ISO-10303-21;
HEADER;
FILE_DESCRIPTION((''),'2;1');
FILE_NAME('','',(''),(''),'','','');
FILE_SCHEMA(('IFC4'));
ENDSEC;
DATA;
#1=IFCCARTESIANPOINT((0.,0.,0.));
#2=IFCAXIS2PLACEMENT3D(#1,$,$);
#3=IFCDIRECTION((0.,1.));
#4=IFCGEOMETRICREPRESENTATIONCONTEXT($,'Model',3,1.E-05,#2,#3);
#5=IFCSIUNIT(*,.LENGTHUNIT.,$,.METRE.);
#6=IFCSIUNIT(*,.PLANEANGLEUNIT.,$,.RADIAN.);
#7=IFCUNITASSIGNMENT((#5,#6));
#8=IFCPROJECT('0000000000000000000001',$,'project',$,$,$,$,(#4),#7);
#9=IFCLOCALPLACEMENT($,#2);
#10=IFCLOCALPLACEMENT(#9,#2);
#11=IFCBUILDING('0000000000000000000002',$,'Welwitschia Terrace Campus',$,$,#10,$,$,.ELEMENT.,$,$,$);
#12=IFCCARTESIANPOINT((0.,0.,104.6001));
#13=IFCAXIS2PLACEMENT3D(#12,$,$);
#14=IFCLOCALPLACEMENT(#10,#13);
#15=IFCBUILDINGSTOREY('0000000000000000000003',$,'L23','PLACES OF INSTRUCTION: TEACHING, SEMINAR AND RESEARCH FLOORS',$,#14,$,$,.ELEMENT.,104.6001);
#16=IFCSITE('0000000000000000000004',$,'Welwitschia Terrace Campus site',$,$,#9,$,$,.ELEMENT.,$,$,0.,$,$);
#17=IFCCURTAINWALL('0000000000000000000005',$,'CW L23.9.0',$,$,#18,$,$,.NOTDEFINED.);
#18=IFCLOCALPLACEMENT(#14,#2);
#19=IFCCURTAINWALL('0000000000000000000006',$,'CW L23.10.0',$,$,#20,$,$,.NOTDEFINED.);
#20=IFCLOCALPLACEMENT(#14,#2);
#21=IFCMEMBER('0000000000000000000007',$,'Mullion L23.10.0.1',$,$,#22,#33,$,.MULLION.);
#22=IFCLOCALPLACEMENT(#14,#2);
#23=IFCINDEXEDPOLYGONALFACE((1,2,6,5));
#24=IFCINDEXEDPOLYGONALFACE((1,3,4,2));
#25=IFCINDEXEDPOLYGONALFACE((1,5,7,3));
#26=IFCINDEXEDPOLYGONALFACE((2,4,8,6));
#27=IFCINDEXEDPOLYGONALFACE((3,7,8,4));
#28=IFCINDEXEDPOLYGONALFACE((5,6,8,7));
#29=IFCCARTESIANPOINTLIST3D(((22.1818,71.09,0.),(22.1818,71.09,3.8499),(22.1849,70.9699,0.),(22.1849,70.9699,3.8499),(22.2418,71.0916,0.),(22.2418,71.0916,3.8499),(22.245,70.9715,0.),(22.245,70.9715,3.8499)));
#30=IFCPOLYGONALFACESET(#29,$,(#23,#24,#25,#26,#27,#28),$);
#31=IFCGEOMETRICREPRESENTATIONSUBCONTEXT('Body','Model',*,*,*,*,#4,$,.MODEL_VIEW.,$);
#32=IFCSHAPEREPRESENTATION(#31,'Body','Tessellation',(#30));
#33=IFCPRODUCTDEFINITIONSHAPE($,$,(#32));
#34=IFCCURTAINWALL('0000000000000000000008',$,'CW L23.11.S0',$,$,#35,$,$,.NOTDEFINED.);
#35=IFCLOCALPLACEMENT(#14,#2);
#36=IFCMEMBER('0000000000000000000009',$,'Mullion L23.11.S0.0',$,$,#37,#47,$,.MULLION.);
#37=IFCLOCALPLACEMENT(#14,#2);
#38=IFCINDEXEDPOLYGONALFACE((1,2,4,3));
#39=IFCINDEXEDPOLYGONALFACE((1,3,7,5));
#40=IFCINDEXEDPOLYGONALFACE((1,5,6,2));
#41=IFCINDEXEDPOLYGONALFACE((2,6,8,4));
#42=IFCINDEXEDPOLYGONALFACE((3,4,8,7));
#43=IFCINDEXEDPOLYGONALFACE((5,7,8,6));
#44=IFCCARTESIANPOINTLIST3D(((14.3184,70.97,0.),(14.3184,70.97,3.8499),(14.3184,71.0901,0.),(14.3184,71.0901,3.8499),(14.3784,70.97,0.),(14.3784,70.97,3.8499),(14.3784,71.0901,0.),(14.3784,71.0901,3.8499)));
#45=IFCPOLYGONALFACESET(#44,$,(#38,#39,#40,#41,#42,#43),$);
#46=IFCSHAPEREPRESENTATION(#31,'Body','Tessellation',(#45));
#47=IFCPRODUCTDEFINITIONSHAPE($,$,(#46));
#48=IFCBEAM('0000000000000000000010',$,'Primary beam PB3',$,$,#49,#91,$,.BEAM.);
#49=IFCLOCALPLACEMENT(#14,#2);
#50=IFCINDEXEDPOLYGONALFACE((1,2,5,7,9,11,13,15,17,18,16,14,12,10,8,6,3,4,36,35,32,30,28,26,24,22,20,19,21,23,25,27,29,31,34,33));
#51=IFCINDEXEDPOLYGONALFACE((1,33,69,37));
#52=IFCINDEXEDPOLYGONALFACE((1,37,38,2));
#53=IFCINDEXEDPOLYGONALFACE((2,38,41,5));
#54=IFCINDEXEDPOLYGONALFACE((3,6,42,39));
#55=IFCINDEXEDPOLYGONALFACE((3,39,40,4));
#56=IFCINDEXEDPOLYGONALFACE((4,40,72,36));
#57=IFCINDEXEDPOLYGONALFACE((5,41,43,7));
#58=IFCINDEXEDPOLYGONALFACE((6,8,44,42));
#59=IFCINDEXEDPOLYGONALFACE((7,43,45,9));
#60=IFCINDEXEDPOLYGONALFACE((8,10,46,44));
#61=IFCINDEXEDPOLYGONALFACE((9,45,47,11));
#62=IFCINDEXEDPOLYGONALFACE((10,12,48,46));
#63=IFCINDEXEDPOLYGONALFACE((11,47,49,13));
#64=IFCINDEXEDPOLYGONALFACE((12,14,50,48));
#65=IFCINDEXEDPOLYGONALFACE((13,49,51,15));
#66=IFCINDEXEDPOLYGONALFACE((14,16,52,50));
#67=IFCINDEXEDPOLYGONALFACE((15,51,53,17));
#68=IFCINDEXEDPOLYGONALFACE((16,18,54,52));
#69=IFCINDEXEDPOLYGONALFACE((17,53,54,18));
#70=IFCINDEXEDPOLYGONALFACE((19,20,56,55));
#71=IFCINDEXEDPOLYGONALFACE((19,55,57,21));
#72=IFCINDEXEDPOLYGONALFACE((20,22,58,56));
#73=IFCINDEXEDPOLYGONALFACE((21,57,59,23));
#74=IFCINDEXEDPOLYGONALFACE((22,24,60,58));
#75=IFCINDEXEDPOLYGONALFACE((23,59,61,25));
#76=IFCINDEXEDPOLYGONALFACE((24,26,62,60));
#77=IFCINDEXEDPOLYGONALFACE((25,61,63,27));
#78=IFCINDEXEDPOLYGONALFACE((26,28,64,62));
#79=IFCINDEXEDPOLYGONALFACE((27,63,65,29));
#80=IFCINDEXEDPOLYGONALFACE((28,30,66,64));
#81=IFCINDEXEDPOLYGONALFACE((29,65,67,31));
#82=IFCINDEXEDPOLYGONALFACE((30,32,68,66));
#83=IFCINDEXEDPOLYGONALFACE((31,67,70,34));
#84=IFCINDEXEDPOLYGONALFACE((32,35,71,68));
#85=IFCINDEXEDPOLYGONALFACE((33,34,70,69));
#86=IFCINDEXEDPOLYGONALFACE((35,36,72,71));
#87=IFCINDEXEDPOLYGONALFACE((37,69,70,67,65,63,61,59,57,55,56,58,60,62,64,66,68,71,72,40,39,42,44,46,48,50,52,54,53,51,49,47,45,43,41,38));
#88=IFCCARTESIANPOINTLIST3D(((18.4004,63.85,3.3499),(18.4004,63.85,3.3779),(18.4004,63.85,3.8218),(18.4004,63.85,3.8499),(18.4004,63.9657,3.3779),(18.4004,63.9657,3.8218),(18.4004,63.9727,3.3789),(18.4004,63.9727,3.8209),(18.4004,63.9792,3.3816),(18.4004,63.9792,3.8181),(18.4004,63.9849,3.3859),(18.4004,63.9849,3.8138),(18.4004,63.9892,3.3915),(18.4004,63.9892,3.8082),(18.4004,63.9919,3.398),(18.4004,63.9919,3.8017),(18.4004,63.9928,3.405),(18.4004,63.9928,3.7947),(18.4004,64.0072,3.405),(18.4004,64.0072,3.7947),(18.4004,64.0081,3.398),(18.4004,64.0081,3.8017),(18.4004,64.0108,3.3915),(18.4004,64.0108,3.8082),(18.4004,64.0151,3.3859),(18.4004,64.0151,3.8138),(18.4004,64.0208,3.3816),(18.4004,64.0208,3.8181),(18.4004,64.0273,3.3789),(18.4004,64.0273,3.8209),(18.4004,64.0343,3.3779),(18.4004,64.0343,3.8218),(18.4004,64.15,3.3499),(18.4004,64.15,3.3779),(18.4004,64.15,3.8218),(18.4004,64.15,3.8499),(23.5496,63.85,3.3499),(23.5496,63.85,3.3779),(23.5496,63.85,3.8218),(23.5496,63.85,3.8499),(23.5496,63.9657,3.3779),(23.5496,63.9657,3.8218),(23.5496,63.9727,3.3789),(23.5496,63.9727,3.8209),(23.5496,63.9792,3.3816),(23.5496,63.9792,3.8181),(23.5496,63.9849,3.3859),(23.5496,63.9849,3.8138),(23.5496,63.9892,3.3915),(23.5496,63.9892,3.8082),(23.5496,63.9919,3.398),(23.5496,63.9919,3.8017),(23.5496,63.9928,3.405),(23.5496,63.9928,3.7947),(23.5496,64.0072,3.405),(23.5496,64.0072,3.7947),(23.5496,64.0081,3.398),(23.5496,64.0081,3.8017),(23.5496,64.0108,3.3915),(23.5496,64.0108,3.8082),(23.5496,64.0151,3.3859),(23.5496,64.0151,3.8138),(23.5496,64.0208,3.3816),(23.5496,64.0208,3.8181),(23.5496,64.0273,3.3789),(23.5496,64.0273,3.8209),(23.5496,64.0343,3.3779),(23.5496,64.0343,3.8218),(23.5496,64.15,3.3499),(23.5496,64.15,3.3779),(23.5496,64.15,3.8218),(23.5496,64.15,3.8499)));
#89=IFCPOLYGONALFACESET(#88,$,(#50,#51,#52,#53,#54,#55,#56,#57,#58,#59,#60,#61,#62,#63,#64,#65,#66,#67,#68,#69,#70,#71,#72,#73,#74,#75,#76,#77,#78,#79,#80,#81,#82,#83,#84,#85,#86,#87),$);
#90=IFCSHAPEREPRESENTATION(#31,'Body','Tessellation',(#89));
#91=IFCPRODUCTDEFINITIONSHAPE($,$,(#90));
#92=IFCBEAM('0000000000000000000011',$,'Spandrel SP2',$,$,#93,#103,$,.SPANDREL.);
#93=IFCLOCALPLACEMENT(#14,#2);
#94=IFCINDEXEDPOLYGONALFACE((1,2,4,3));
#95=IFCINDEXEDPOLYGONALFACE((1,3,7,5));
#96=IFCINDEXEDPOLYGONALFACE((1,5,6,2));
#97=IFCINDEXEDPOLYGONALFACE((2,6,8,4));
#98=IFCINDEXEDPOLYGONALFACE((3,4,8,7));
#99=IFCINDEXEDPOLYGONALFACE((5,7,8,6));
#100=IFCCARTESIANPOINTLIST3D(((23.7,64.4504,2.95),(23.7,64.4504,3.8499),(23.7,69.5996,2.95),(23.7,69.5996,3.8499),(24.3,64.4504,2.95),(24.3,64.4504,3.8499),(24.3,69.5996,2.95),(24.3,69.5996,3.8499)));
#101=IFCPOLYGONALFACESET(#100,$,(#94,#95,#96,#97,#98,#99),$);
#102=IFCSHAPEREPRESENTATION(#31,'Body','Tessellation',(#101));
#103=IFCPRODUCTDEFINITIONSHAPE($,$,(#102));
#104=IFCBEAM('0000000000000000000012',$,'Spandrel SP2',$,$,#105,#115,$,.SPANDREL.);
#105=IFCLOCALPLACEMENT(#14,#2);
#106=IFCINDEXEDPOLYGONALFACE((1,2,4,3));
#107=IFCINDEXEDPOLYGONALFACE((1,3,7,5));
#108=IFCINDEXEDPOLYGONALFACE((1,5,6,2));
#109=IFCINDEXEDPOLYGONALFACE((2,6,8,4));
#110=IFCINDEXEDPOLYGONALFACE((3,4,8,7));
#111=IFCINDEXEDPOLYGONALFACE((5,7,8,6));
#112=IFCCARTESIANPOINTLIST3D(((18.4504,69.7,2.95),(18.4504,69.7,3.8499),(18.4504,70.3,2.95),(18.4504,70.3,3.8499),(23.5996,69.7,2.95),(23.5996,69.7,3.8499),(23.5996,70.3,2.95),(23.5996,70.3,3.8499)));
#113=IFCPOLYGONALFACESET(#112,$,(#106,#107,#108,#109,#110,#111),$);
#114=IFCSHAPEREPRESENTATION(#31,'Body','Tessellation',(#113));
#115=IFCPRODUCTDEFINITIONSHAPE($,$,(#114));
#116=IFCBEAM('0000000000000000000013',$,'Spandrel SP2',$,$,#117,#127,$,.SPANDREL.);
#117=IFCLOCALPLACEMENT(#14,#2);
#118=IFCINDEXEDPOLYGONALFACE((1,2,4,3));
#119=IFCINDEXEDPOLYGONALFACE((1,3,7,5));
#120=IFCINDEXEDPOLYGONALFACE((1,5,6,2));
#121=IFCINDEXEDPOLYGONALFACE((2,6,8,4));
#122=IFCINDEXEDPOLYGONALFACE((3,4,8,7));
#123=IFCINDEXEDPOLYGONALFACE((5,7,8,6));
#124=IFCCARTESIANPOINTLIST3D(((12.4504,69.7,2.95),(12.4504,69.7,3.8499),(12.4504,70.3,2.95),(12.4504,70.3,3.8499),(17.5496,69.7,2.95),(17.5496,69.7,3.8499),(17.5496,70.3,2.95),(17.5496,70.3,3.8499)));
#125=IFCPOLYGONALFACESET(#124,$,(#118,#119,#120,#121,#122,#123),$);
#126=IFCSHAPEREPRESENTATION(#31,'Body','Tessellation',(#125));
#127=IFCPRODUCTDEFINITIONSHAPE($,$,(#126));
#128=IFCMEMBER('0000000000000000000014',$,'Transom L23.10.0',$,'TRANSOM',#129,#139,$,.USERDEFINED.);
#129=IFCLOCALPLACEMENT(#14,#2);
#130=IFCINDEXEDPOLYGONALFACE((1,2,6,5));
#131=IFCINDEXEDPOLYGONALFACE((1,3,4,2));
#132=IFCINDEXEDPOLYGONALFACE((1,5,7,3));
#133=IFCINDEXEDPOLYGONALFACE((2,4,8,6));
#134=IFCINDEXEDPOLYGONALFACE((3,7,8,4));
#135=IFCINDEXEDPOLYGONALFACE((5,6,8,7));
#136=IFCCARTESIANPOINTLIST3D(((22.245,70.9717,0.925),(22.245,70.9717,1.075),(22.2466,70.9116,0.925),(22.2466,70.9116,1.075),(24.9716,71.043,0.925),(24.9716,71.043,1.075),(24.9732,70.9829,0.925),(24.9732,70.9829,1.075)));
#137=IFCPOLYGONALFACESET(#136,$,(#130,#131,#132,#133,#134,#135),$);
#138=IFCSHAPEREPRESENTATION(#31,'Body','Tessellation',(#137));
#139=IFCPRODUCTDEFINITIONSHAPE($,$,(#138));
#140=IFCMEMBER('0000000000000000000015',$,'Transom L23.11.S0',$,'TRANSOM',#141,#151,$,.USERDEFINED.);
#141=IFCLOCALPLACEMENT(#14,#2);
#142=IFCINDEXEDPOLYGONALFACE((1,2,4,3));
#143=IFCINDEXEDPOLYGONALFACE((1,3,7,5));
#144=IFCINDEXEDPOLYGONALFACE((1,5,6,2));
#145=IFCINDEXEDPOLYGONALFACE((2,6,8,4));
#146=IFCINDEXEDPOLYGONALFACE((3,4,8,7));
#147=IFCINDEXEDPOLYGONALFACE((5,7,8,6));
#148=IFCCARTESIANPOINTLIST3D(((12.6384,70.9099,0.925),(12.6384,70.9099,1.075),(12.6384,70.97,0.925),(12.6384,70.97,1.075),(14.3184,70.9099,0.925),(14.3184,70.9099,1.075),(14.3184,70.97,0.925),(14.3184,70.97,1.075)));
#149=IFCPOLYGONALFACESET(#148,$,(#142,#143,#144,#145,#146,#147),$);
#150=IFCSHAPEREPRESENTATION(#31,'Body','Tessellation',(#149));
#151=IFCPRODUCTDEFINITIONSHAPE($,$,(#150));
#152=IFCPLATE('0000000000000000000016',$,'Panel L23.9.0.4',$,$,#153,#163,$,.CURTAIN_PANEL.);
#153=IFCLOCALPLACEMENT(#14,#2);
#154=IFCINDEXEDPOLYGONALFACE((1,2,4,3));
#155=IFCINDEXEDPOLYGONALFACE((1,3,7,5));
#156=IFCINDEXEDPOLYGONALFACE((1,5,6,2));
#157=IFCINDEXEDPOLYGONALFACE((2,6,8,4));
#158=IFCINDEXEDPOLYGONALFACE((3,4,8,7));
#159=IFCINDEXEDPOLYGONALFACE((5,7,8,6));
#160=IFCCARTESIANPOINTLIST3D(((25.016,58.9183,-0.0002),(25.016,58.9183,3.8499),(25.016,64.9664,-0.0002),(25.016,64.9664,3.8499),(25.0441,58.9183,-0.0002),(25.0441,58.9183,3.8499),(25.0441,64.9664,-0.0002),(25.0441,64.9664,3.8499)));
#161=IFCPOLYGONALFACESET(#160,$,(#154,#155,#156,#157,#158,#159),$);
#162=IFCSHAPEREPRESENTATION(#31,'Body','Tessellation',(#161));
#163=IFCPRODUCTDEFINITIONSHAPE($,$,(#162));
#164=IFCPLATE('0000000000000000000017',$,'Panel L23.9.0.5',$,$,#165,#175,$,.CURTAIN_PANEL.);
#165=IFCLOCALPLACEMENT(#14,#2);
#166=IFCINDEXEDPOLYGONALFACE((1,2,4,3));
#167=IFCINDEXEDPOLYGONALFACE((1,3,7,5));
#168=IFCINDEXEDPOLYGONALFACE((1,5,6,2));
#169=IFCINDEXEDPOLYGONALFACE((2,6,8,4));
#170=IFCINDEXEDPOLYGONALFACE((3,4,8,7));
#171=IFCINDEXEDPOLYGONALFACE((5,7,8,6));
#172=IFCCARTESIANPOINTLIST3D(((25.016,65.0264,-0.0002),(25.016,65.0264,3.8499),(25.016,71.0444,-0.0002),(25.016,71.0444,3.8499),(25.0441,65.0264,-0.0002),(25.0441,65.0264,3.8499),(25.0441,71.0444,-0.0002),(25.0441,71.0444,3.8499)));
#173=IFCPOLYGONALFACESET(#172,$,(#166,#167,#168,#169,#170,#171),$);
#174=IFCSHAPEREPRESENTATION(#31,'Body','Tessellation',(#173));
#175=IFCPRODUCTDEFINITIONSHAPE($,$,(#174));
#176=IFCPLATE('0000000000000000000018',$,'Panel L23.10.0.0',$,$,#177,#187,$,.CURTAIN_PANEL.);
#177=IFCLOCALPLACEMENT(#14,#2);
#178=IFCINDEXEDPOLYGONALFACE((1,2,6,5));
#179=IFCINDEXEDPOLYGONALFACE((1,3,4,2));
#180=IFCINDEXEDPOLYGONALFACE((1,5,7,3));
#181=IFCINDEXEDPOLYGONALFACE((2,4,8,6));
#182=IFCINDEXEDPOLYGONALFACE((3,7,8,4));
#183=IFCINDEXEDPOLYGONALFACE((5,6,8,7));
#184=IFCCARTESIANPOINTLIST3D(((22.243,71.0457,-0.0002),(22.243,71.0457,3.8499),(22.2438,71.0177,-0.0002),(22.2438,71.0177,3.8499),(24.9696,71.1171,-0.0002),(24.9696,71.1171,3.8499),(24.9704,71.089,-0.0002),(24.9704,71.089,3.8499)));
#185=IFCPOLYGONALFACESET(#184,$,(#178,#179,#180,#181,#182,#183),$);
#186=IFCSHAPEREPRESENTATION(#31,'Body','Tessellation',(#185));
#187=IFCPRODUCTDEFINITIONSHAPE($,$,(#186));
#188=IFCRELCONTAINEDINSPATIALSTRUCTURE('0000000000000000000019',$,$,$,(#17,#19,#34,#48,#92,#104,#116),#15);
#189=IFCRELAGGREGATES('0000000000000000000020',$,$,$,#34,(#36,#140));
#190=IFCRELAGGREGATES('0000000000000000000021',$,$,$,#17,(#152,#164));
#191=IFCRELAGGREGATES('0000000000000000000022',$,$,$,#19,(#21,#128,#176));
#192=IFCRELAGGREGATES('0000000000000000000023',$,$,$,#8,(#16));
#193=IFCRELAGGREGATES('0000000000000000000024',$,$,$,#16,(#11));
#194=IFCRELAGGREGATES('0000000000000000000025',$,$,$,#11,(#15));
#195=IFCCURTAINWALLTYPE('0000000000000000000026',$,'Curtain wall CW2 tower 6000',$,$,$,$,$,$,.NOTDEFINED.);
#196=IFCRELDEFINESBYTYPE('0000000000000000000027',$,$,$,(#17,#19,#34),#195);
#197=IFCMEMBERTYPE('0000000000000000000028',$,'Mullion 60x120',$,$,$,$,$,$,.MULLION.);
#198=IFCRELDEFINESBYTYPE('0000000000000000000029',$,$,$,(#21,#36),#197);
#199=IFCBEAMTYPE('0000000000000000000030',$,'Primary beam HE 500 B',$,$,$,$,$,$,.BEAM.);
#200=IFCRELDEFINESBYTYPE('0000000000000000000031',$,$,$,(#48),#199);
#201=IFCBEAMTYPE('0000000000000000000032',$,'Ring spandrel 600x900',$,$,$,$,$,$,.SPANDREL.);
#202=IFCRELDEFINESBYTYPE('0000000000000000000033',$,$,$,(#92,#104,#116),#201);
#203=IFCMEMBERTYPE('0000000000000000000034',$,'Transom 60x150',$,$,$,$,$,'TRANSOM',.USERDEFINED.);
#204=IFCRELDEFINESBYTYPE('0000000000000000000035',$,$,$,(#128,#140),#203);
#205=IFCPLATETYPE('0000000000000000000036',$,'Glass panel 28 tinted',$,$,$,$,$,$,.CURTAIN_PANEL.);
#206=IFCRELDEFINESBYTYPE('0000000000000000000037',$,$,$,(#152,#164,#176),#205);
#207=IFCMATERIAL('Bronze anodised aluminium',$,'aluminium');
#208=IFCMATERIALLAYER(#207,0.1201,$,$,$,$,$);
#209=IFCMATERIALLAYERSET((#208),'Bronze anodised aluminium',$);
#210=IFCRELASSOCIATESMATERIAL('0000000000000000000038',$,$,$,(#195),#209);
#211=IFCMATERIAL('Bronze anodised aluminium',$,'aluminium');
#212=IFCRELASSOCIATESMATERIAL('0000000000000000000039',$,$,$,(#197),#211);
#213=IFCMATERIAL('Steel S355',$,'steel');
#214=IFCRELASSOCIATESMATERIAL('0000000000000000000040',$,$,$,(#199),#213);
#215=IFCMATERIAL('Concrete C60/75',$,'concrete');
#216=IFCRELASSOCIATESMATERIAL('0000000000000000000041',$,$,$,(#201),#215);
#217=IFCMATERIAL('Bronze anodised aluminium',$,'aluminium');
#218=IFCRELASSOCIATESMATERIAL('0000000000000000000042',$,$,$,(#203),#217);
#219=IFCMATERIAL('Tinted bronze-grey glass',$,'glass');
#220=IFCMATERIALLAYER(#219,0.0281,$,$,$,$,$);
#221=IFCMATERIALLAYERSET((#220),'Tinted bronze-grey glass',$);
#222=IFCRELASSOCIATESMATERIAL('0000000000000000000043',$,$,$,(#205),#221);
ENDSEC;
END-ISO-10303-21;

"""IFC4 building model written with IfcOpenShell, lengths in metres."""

from ifc_helpers import new_model, si_unit, direction, frame, origin, origin_2d, place, context, subcontext, project, spatial, rectangle, i_section, extrude, material, layer, layer_set, material_profile, profile_set, type_object, element, aggregate, save


model = new_model("IFC4")

# Units and contexts
model_context = context("Model", 3, precision=1e-05, world=origin(), true_north=direction((0.0, 1.0)))
body_context = subcontext(model_context, "Body", "Model", "MODEL_VIEW")
ifc_project = project(units=[si_unit("LENGTHUNIT", "METRE"), si_unit("PLANEANGLEUNIT", "RADIAN")], contexts=[model_context])

# Site, building, storey
site_placement = place(None, origin())
site = spatial("IfcSite", under=ifc_project, at=site_placement, Name="Welwitschia Terrace Campus site", CompositionType="ELEMENT", RefElevation=0.0)
building_placement = place(site_placement, origin())
building = spatial("IfcBuilding", under=site, at=building_placement, Name="Welwitschia Terrace Campus", CompositionType="ELEMENT")
storey_placement = place(building_placement, frame((0.0, 0.0, 104.6001)))
storey = spatial("IfcBuildingStorey", under=building, at=storey_placement, Name="L23", Description="PLACES OF INSTRUCTION: TEACHING, SEMINAR AND RESEARCH FLOORS", CompositionType="ELEMENT", Elevation=104.6001)

# Curtain walls, member
ifc_material_1 = material(Name="Bronze anodised aluminium", Category="aluminium")
ifc_layer_1 = layer(ifc_material_1, 0.1201)
ifc_layer_set_1 = layer_set([ifc_layer_1], Name="Bronze anodised aluminium")
curtain_wall_type = type_object("IfcCurtainWallType", Name="Curtain wall CW2 tower 6000", PredefinedType="NOTDEFINED", material=ifc_layer_set_1)
curtain_wall_1_placement = place(storey_placement, origin())
curtain_wall_1 = element("IfcCurtainWall", 1, at=curtain_wall_1_placement, inside=storey, type_object=curtain_wall_type, Name="CW L23.9.0", PredefinedType="NOTDEFINED")
ifc_material_2 = material(Name="Bronze anodised aluminium", Category="aluminium")
ifc_material_profile_1 = material_profile(ifc_material_2, rectangle(XDim=0.1201, YDim=0.0601, at=origin_2d()))
ifc_profile_set_1 = profile_set([ifc_material_profile_1], Name="Bronze anodised aluminium")
member_type_1 = type_object("IfcMemberType", Name="Mullion 60x120", PredefinedType="MULLION", material=ifc_profile_set_1)
curtain_wall_2_placement = place(storey_placement, origin())
curtain_wall_2 = element("IfcCurtainWall", 2, at=curtain_wall_2_placement, inside=storey, type_object=curtain_wall_type, Name="CW L23.10.0", PredefinedType="NOTDEFINED")
member_1_placement = place(storey_placement, frame((22.2134, 71.0308, 0.0), z_axis=(0.0, 0.0, 1.0), x_axis=(0.026177, -0.999657, 0.0)))
member_1 = element("IfcMember", 3, at=member_1_placement, type_object=member_type_1, Name="Mullion L23.10.0.1", PredefinedType="MULLION", context=body_context, shape_type="SweptSolid", body=[
    extrude(rectangle(XDim=0.1201, YDim=0.0601, at=origin_2d()), origin(), (0.0, 0.0, 1.0), 3.8499),
])

# Curtain wall, member
curtain_wall_3_placement = place(storey_placement, origin())
curtain_wall_3 = element("IfcCurtainWall", 4, at=curtain_wall_3_placement, inside=storey, type_object=curtain_wall_type, Name="CW L23.11.S0", PredefinedType="NOTDEFINED")
member_2_placement = place(storey_placement, frame((14.3484, 71.03, 0.0), z_axis=(0.0, 0.0, 1.0), x_axis=(0.0, -1.0, 0.0)))
member_2 = element("IfcMember", 5, at=member_2_placement, type_object=member_type_1, Name="Mullion L23.11.S0.0", PredefinedType="MULLION", context=body_context, shape_type="SweptSolid", body=[
    extrude(rectangle(XDim=0.1201, YDim=0.0601, at=origin_2d()), origin(), (0.0, 0.0, 1.0), 3.8499),
])

# Beams
ifc_material_3 = material(Name="Steel S355", Category="steel")
ifc_material_profile_2 = material_profile(ifc_material_3, i_section(OverallWidth=0.3, OverallDepth=0.5, WebThickness=0.0144, FlangeThickness=0.0281, FilletRadius=0.0271, at=origin_2d()))
ifc_profile_set_2 = profile_set([ifc_material_profile_2], Name="Steel S355")
beam_type_1 = type_object("IfcBeamType", Name="Primary beam HE 500 B", PredefinedType="BEAM", material=ifc_profile_set_2)
beam_1_placement = place(storey_placement, frame((23.5496, 64.0, 3.5999), z_axis=(-1.0, 0.0, 0.0), x_axis=(0.0, -1.0, 0.0)))
element("IfcBeam", 6, at=beam_1_placement, inside=storey, type_object=beam_type_1, Name="Primary beam PB3", PredefinedType="BEAM", context=body_context, shape_type="SweptSolid", body=[
    extrude(i_section(OverallWidth=0.3, OverallDepth=0.5, WebThickness=0.0144, FlangeThickness=0.0281, FilletRadius=0.0271, at=origin_2d()), origin(), (0.0, 0.0, 1.0), 5.1492),
])
ifc_material_4 = material(Name="Concrete C60/75", Category="concrete")
ifc_material_profile_3 = material_profile(ifc_material_4, rectangle(XDim=0.6001, YDim=0.8999, at=origin_2d()))
ifc_profile_set_3 = profile_set([ifc_material_profile_3], Name="Concrete C60/75")
beam_type_2 = type_object("IfcBeamType", Name="Ring spandrel 600x900", PredefinedType="SPANDREL", material=ifc_profile_set_3)
for number, where, z_axis, x_axis, name in (
    (7, (24.0, 64.4504, 3.3999), (0.0, 1.0, 0.0), (-1.0, 0.0, 0.0), "Spandrel SP2"),
    (8, (23.5996, 70.0, 3.3999), (-1.0, 0.0, 0.0), (0.0, -1.0, 0.0), "Spandrel SP2"),
):
    element("IfcBeam", number, at=place(storey_placement, frame(where, z_axis=z_axis, x_axis=x_axis)), inside=storey, type_object=beam_type_2, Name=name, PredefinedType="SPANDREL", context=body_context, shape_type="SweptSolid", body=[
        extrude(rectangle(XDim=0.6001, YDim=0.8999, at=origin_2d()), origin(), (0.0, 0.0, 1.0), 5.1492),
    ])
beam_2_placement = place(storey_placement, frame((17.5496, 70.0, 3.3999), z_axis=(-1.0, 0.0, 0.0), x_axis=(0.0, -1.0, 0.0)))
element("IfcBeam", 9, at=beam_2_placement, inside=storey, type_object=beam_type_2, Name="Spandrel SP2", PredefinedType="SPANDREL", context=body_context, shape_type="SweptSolid", body=[
    extrude(rectangle(XDim=0.6001, YDim=0.8999, at=origin_2d()), origin(), (0.0, 0.0, 1.0), 5.0991),
])

# Members
ifc_material_5 = material(Name="Bronze anodised aluminium", Category="aluminium")
ifc_material_profile_4 = material_profile(ifc_material_5, rectangle(XDim=0.0601, YDim=0.1499, at=origin_2d()))
ifc_profile_set_4 = profile_set([ifc_material_profile_4], Name="Bronze anodised aluminium")
member_type_2 = type_object("IfcMemberType", Name="Transom 60x150", ElementType="TRANSOM", PredefinedType="USERDEFINED", material=ifc_profile_set_4)
member_3_placement = place(storey_placement, frame((24.9724, 71.0129, 1.0), z_axis=(-0.999658, -0.026137, 0.0), x_axis=(0.026137, -0.999658, 0.0)))
member_3 = element("IfcMember", 10, at=member_3_placement, type_object=member_type_2, Name="Transom L23.10.0", ObjectType="TRANSOM", PredefinedType="USERDEFINED", context=body_context, shape_type="SweptSolid", body=[
    extrude(rectangle(XDim=0.0601, YDim=0.1499, at=origin_2d()), origin(), (0.0, 0.0, 1.0), 2.7275),
])
member_4_placement = place(storey_placement, frame((14.3184, 70.9399, 1.0), z_axis=(-1.0, 0.0, 0.0), x_axis=(0.0, -1.0, 0.0)))
member_4 = element("IfcMember", 11, at=member_4_placement, type_object=member_type_2, Name="Transom L23.11.S0", ObjectType="TRANSOM", PredefinedType="USERDEFINED", context=body_context, shape_type="SweptSolid", body=[
    extrude(rectangle(XDim=0.0601, YDim=0.1499, at=origin_2d()), origin(), (0.0, 0.0, 1.0), 1.6799),
])
aggregate(curtain_wall_3, [member_2, member_4])

# Plates
ifc_material_6 = material(Name="Tinted bronze-grey glass", Category="glass")
ifc_layer_2 = layer(ifc_material_6, 0.0281)
ifc_layer_set_2 = layer_set([ifc_layer_2], Name="Tinted bronze-grey glass")
plate_type = type_object("IfcPlateType", Name="Glass panel 28 tinted", PredefinedType="CURTAIN_PANEL", material=ifc_layer_set_2)
plate_1_placement = place(storey_placement, frame((25.03, 61.9424, -0.0002), z_axis=(0.0, 0.0, 1.0), x_axis=(0.0, 1.0, 0.0)))
plate_1 = element("IfcPlate", 12, at=plate_1_placement, type_object=plate_type, Name="Panel L23.9.0.4", PredefinedType="CURTAIN_PANEL", context=body_context, shape_type="SweptSolid", body=[
    extrude(rectangle(XDim=6.0481, YDim=0.0281, at=origin_2d()), origin(), (0.0, 0.0, 1.0), 3.8501),
])
plate_2_placement = place(storey_placement, frame((25.03, 68.0354, -0.0002), z_axis=(0.0, 0.0, 1.0), x_axis=(0.0, 1.0, 0.0)))
plate_2 = element("IfcPlate", 13, at=plate_2_placement, type_object=plate_type, Name="Panel L23.9.0.5", PredefinedType="CURTAIN_PANEL", context=body_context, shape_type="SweptSolid", body=[
    extrude(rectangle(XDim=6.0181, YDim=0.0281, at=origin_2d()), origin(), (0.0, 0.0, 1.0), 3.8501),
])
aggregate(curtain_wall_1, [plate_1, plate_2])
plate_3_placement = place(storey_placement, frame((23.6067, 71.0674, -0.0002), z_axis=(0.0, 0.0, 1.0), x_axis=(-0.999657, -0.026177, 0.0)))
plate_3 = element("IfcPlate", 14, at=plate_3_placement, type_object=plate_type, Name="Panel L23.10.0.0", PredefinedType="CURTAIN_PANEL", context=body_context, shape_type="SweptSolid", body=[
    extrude(rectangle(XDim=2.7275, YDim=0.0281, at=origin_2d()), origin(), (0.0, 0.0, 1.0), 3.8501),
])
aggregate(curtain_wall_2, [member_1, member_3, plate_3])

save(model, "model.ifc")
